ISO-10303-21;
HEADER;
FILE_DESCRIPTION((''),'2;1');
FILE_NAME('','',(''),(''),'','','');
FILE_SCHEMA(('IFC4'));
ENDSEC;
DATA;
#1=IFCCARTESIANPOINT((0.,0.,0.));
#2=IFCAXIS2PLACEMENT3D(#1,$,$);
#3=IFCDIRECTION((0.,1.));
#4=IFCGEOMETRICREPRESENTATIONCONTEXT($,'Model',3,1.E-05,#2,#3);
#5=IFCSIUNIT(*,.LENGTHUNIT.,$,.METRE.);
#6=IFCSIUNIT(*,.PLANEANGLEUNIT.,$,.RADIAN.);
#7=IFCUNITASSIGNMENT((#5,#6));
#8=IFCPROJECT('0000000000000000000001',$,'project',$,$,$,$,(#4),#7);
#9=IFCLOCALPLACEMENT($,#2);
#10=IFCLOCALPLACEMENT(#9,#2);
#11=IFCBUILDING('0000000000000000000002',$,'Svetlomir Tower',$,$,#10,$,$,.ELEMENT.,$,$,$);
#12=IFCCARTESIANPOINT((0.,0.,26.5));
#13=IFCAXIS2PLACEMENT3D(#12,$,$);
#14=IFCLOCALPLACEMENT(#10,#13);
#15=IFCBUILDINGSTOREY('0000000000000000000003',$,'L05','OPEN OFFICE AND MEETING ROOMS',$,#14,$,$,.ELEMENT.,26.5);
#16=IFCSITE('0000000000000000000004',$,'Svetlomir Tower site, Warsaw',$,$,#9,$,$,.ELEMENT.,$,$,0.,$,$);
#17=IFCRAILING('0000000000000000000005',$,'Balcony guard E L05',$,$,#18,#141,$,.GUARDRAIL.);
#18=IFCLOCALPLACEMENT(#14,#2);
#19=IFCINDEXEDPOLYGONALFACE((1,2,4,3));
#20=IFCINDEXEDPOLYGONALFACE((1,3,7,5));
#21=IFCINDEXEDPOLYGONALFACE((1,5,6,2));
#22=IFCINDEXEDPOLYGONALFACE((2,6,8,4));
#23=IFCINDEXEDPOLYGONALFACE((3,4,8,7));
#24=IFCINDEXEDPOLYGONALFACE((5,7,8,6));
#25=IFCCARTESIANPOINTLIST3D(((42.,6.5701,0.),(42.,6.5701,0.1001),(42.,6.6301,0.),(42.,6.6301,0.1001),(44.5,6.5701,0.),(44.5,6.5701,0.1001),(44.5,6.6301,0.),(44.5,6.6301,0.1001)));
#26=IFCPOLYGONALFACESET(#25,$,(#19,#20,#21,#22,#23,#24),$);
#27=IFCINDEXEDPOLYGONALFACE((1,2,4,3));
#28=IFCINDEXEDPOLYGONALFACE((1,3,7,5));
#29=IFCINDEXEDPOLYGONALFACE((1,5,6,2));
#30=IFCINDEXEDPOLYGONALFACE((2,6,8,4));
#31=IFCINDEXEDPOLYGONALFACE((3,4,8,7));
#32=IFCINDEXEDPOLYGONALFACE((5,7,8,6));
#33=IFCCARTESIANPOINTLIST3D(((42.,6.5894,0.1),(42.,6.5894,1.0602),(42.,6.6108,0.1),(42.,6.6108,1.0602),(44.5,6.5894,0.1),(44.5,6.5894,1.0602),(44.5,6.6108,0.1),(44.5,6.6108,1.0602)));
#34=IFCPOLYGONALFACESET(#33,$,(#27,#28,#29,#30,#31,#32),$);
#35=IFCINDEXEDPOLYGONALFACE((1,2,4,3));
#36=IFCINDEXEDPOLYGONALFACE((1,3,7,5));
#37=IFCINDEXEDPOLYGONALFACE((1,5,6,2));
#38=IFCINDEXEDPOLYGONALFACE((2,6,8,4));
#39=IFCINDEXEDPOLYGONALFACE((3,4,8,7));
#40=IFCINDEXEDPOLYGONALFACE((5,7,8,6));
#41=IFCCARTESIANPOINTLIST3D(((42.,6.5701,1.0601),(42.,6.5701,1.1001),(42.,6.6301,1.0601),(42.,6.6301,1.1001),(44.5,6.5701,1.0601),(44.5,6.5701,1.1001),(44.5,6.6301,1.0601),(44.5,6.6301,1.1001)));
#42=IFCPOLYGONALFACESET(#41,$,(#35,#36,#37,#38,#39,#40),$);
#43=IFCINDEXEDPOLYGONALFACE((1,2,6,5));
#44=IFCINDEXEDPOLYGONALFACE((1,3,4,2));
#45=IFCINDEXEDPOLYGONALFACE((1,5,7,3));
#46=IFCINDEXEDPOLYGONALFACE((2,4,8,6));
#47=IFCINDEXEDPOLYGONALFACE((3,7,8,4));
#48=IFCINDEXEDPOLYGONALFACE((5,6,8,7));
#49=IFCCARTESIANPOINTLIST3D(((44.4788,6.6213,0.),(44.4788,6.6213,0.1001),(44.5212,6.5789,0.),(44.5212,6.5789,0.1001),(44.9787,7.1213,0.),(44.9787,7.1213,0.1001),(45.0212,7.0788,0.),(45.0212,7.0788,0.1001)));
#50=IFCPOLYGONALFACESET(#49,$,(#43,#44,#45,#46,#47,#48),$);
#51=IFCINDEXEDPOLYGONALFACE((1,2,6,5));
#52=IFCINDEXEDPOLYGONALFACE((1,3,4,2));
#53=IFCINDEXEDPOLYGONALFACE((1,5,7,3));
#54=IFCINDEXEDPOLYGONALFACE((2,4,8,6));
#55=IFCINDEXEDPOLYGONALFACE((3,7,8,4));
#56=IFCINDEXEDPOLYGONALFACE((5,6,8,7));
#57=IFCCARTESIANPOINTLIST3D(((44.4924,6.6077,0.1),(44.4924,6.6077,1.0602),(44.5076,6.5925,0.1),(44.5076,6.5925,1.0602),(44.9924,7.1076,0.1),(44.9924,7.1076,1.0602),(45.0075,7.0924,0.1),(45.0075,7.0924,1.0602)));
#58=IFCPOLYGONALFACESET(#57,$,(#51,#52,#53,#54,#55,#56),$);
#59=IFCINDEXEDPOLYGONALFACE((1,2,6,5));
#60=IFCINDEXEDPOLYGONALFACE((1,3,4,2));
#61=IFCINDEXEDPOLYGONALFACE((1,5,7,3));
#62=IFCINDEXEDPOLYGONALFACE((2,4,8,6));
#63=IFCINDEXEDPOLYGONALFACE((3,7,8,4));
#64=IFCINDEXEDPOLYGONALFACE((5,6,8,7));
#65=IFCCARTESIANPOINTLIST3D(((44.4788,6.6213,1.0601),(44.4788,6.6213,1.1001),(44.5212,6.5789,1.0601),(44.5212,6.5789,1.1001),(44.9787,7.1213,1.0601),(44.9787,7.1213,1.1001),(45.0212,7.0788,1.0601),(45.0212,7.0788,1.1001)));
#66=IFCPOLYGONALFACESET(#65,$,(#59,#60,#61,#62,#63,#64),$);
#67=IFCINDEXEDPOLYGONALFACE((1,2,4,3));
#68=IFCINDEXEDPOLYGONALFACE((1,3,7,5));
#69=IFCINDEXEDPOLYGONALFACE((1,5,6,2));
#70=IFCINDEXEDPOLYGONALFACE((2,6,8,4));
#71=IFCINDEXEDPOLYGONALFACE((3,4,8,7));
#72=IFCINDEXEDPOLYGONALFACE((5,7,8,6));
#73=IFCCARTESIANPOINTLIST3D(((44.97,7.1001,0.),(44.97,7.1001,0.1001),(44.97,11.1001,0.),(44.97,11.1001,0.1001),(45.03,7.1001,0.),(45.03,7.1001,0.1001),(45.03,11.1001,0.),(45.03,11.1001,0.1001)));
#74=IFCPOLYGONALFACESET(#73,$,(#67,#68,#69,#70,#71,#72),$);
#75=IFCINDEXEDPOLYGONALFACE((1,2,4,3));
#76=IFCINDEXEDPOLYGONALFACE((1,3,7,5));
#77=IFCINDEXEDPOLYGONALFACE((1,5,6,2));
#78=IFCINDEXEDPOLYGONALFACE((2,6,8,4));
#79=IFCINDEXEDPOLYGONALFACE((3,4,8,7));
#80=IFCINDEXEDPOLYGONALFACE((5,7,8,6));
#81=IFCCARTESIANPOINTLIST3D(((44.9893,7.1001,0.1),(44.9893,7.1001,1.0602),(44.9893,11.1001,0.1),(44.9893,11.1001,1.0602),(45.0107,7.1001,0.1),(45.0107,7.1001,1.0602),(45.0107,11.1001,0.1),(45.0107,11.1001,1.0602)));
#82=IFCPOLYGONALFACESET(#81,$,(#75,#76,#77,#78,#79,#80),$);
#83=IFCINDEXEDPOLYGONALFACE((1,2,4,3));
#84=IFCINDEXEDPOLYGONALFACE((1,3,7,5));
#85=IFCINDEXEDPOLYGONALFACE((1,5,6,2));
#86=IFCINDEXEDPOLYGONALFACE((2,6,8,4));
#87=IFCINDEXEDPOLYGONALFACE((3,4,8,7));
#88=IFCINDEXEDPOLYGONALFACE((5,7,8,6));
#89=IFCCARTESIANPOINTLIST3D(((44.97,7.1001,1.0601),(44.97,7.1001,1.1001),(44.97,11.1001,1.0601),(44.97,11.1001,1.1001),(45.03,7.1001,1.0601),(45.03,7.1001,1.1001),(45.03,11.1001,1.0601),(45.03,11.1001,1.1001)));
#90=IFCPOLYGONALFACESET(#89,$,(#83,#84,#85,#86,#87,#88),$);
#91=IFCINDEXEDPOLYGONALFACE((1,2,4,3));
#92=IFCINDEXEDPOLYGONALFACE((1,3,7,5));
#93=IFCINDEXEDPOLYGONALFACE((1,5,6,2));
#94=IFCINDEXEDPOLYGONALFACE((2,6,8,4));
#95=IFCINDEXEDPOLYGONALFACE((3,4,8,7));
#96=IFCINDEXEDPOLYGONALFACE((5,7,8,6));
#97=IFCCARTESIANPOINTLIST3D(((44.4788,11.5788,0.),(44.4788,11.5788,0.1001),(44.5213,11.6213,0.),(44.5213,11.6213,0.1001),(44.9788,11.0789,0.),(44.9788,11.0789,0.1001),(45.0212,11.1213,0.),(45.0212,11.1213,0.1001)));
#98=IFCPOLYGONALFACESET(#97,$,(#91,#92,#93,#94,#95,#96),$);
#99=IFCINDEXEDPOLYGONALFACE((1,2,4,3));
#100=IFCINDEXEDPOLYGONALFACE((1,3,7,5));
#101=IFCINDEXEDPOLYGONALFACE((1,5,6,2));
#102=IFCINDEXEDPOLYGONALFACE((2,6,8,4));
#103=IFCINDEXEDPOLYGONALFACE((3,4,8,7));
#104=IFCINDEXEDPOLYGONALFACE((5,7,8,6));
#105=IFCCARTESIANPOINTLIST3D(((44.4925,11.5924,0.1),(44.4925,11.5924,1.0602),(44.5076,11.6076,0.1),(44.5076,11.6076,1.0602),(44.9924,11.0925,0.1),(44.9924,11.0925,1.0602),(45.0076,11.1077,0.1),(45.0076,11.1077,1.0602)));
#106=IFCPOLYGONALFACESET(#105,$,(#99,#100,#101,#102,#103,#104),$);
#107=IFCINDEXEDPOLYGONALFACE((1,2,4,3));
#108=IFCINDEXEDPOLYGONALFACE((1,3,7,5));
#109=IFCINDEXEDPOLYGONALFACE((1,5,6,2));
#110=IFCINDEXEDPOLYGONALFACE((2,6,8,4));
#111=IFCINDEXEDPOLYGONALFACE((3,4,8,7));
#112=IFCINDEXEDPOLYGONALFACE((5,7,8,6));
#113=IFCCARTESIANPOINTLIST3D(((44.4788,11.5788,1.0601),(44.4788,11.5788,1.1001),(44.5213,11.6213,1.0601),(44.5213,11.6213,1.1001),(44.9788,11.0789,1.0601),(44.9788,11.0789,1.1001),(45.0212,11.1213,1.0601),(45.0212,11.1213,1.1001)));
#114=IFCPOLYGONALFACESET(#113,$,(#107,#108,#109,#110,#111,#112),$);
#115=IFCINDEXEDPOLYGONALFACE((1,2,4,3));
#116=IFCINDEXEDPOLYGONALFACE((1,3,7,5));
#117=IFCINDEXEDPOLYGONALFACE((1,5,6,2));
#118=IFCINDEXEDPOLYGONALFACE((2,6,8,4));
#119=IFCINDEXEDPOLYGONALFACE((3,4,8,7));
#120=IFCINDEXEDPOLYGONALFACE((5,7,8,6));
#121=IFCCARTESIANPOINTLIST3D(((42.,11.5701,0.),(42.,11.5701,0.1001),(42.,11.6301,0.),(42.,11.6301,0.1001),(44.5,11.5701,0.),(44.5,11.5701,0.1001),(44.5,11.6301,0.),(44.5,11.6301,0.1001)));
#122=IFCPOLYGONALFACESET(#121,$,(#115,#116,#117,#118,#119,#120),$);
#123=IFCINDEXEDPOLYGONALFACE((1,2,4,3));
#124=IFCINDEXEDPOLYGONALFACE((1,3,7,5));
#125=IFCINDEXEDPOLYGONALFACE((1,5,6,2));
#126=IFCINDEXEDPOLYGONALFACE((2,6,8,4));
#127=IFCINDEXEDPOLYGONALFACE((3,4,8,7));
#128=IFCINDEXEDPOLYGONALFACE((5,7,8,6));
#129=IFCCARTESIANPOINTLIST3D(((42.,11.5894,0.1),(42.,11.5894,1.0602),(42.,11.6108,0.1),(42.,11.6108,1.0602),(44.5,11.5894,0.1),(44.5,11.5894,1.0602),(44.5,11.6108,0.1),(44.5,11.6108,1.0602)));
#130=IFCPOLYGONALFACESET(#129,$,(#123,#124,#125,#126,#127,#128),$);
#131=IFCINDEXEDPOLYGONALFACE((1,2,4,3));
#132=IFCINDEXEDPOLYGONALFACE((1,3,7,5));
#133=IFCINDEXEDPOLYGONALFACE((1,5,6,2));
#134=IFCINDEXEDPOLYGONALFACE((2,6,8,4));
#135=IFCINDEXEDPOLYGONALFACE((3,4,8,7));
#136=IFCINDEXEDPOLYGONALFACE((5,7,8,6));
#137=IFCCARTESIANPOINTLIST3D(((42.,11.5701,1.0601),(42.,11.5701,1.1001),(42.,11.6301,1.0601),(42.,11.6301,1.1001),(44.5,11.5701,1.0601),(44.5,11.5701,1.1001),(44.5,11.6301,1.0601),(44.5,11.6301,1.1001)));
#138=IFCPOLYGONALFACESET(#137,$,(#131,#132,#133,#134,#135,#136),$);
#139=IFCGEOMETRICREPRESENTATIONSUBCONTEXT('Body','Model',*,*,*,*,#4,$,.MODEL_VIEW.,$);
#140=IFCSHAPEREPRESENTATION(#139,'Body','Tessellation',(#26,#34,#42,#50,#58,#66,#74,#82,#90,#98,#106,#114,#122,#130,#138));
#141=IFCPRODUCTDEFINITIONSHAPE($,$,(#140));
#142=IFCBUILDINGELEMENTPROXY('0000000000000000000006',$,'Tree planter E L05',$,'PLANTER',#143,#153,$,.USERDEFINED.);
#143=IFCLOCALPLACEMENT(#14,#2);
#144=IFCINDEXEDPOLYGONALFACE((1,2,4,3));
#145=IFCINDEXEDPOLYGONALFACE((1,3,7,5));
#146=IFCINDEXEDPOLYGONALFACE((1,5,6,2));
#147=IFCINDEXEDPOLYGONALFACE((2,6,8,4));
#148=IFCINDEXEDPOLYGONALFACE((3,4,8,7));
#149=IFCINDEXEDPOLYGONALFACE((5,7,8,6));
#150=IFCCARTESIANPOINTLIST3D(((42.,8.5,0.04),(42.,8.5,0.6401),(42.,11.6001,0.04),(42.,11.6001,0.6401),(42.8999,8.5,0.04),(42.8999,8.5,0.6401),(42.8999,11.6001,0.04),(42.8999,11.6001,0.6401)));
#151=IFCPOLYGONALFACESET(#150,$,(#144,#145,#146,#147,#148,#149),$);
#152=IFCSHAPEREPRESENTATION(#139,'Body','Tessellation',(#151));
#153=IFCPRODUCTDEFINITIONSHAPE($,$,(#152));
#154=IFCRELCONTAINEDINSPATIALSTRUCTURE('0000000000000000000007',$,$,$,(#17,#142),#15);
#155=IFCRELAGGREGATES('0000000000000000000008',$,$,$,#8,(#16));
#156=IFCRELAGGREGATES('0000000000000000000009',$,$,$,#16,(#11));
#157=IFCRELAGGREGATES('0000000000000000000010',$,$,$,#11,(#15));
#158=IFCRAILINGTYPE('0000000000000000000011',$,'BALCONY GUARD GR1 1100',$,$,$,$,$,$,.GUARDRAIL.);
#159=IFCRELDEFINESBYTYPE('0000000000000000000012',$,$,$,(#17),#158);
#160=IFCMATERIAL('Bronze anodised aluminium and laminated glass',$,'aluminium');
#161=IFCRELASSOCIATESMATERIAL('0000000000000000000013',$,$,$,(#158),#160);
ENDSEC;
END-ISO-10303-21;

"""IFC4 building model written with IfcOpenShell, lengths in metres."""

from ifc_helpers import new_model, si_unit, direction, frame, origin, origin_2d, place, context, subcontext, project, spatial, rectangle, extrude, material, type_object, element, save


model = new_model("IFC4")

# Units and contexts
model_context = context("Model", 3, precision=1e-05, world=origin(), true_north=direction((0.0, 1.0)))
body_context = subcontext(model_context, "Body", "Model", "MODEL_VIEW")
ifc_project = project(units=[si_unit("LENGTHUNIT", "METRE"), si_unit("PLANEANGLEUNIT", "RADIAN")], contexts=[model_context])

# Site, building, storey
site_placement = place(None, origin())
site = spatial("IfcSite", under=ifc_project, at=site_placement, Name="Svetlomir Tower site, Warsaw", CompositionType="ELEMENT", RefElevation=0.0)
building_placement = place(site_placement, origin())
building = spatial("IfcBuilding", under=site, at=building_placement, Name="Svetlomir Tower", CompositionType="ELEMENT")
storey_placement = place(building_placement, frame((0.0, 0.0, 26.5)))
storey = spatial("IfcBuildingStorey", under=building, at=storey_placement, Name="L05", Description="OPEN OFFICE AND MEETING ROOMS", CompositionType="ELEMENT", Elevation=26.5)

# Railing
ifc_material_1 = material(Name="Bronze anodised aluminium and laminated glass", Category="aluminium")
railing_type = type_object("IfcRailingType", Name="BALCONY GUARD GR1 1100", PredefinedType="GUARDRAIL", material=ifc_material_1)
railing_placement = place(storey_placement, frame((42.0, 6.6001, 0.0)))
element("IfcRailing", 1, at=railing_placement, inside=storey, type_object=railing_type, Name="Balcony guard E L05", PredefinedType="GUARDRAIL", context=body_context, shape_type="SweptSolid", body=[
    extrude(rectangle(XDim=0.0601, YDim=0.1001, at=origin_2d()), frame((0.0, 0.0, 0.05), z_axis=(1.0, 0.0, 0.0), x_axis=(0.0, 1.0, 0.0)), (0.0, 0.0, 1.0), 2.5),
    extrude(rectangle(XDim=0.0215, YDim=0.9602, at=origin_2d()), frame((0.0, 0.0, 0.5801), z_axis=(1.0, 0.0, 0.0), x_axis=(0.0, 1.0, 0.0)), (0.0, 0.0, 1.0), 2.5),
    extrude(rectangle(XDim=0.0601, YDim=0.04, at=origin_2d()), frame((0.0, 0.0, 1.0801), z_axis=(1.0, 0.0, 0.0), x_axis=(0.0, 1.0, 0.0)), (0.0, 0.0, 1.0), 2.5),
    extrude(rectangle(XDim=0.0601, YDim=0.1001, at=origin_2d()), frame((2.5, 0.0, 0.05), z_axis=(0.707107, 0.707107, 0.0), x_axis=(-0.707107, 0.707107, 0.0)), (0.0, 0.0, 1.0), 0.707),
    extrude(rectangle(XDim=0.0215, YDim=0.9602, at=origin_2d()), frame((2.5, 0.0, 0.5801), z_axis=(0.707107, 0.707107, 0.0), x_axis=(-0.707107, 0.707107, 0.0)), (0.0, 0.0, 1.0), 0.707),
    extrude(rectangle(XDim=0.0601, YDim=0.04, at=origin_2d()), frame((2.5, 0.0, 1.0801), z_axis=(0.707107, 0.707107, 0.0), x_axis=(-0.707107, 0.707107, 0.0)), (0.0, 0.0, 1.0), 0.707),
    extrude(rectangle(XDim=0.0601, YDim=0.1001, at=origin_2d()), frame((3.0, 0.5, 0.05), z_axis=(0.0, 1.0, 0.0), x_axis=(-1.0, 0.0, 0.0)), (0.0, 0.0, 1.0), 4.0),
    extrude(rectangle(XDim=0.0215, YDim=0.9602, at=origin_2d()), frame((3.0, 0.5, 0.5801), z_axis=(0.0, 1.0, 0.0), x_axis=(-1.0, 0.0, 0.0)), (0.0, 0.0, 1.0), 4.0),
    extrude(rectangle(XDim=0.0601, YDim=0.04, at=origin_2d()), frame((3.0, 0.5, 1.0801), z_axis=(0.0, 1.0, 0.0), x_axis=(-1.0, 0.0, 0.0)), (0.0, 0.0, 1.0), 4.0),
    extrude(rectangle(XDim=0.0601, YDim=0.1001, at=origin_2d()), frame((3.0, 4.5, 0.05), z_axis=(-0.707107, 0.707107, 0.0), x_axis=(-0.707107, -0.707107, 0.0)), (0.0, 0.0, 1.0), 0.707),
    extrude(rectangle(XDim=0.0215, YDim=0.9602, at=origin_2d()), frame((3.0, 4.5, 0.5801), z_axis=(-0.707107, 0.707107, 0.0), x_axis=(-0.707107, -0.707107, 0.0)), (0.0, 0.0, 1.0), 0.707),
    extrude(rectangle(XDim=0.0601, YDim=0.04, at=origin_2d()), frame((3.0, 4.5, 1.0801), z_axis=(-0.707107, 0.707107, 0.0), x_axis=(-0.707107, -0.707107, 0.0)), (0.0, 0.0, 1.0), 0.707),
    extrude(rectangle(XDim=0.0601, YDim=0.1001, at=origin_2d()), frame((2.5, 5.0, 0.05), z_axis=(-1.0, 0.0, 0.0), x_axis=(0.0, -1.0, 0.0)), (0.0, 0.0, 1.0), 2.5),
    extrude(rectangle(XDim=0.0215, YDim=0.9602, at=origin_2d()), frame((2.5, 5.0, 0.5801), z_axis=(-1.0, 0.0, 0.0), x_axis=(0.0, -1.0, 0.0)), (0.0, 0.0, 1.0), 2.5),
    extrude(rectangle(XDim=0.0601, YDim=0.04, at=origin_2d()), frame((2.5, 5.0, 1.0801), z_axis=(-1.0, 0.0, 0.0), x_axis=(0.0, -1.0, 0.0)), (0.0, 0.0, 1.0), 2.5),
])

# Building element proxy
proxy_placement = place(storey_placement, frame((42.45, 10.05, 0.04), z_axis=(0.0, 0.0, 1.0), x_axis=(1.0, 0.0, 0.0)))
element("IfcBuildingElementProxy", 2, at=proxy_placement, inside=storey, Name="Tree planter E L05", ObjectType="PLANTER", PredefinedType="USERDEFINED", context=body_context, shape_type="SweptSolid", body=[
    extrude(rectangle(XDim=0.8999, YDim=3.1001, at=origin_2d()), origin(), (0.0, 0.0, 1.0), 0.6001),
])

save(model, "model.ifc")
